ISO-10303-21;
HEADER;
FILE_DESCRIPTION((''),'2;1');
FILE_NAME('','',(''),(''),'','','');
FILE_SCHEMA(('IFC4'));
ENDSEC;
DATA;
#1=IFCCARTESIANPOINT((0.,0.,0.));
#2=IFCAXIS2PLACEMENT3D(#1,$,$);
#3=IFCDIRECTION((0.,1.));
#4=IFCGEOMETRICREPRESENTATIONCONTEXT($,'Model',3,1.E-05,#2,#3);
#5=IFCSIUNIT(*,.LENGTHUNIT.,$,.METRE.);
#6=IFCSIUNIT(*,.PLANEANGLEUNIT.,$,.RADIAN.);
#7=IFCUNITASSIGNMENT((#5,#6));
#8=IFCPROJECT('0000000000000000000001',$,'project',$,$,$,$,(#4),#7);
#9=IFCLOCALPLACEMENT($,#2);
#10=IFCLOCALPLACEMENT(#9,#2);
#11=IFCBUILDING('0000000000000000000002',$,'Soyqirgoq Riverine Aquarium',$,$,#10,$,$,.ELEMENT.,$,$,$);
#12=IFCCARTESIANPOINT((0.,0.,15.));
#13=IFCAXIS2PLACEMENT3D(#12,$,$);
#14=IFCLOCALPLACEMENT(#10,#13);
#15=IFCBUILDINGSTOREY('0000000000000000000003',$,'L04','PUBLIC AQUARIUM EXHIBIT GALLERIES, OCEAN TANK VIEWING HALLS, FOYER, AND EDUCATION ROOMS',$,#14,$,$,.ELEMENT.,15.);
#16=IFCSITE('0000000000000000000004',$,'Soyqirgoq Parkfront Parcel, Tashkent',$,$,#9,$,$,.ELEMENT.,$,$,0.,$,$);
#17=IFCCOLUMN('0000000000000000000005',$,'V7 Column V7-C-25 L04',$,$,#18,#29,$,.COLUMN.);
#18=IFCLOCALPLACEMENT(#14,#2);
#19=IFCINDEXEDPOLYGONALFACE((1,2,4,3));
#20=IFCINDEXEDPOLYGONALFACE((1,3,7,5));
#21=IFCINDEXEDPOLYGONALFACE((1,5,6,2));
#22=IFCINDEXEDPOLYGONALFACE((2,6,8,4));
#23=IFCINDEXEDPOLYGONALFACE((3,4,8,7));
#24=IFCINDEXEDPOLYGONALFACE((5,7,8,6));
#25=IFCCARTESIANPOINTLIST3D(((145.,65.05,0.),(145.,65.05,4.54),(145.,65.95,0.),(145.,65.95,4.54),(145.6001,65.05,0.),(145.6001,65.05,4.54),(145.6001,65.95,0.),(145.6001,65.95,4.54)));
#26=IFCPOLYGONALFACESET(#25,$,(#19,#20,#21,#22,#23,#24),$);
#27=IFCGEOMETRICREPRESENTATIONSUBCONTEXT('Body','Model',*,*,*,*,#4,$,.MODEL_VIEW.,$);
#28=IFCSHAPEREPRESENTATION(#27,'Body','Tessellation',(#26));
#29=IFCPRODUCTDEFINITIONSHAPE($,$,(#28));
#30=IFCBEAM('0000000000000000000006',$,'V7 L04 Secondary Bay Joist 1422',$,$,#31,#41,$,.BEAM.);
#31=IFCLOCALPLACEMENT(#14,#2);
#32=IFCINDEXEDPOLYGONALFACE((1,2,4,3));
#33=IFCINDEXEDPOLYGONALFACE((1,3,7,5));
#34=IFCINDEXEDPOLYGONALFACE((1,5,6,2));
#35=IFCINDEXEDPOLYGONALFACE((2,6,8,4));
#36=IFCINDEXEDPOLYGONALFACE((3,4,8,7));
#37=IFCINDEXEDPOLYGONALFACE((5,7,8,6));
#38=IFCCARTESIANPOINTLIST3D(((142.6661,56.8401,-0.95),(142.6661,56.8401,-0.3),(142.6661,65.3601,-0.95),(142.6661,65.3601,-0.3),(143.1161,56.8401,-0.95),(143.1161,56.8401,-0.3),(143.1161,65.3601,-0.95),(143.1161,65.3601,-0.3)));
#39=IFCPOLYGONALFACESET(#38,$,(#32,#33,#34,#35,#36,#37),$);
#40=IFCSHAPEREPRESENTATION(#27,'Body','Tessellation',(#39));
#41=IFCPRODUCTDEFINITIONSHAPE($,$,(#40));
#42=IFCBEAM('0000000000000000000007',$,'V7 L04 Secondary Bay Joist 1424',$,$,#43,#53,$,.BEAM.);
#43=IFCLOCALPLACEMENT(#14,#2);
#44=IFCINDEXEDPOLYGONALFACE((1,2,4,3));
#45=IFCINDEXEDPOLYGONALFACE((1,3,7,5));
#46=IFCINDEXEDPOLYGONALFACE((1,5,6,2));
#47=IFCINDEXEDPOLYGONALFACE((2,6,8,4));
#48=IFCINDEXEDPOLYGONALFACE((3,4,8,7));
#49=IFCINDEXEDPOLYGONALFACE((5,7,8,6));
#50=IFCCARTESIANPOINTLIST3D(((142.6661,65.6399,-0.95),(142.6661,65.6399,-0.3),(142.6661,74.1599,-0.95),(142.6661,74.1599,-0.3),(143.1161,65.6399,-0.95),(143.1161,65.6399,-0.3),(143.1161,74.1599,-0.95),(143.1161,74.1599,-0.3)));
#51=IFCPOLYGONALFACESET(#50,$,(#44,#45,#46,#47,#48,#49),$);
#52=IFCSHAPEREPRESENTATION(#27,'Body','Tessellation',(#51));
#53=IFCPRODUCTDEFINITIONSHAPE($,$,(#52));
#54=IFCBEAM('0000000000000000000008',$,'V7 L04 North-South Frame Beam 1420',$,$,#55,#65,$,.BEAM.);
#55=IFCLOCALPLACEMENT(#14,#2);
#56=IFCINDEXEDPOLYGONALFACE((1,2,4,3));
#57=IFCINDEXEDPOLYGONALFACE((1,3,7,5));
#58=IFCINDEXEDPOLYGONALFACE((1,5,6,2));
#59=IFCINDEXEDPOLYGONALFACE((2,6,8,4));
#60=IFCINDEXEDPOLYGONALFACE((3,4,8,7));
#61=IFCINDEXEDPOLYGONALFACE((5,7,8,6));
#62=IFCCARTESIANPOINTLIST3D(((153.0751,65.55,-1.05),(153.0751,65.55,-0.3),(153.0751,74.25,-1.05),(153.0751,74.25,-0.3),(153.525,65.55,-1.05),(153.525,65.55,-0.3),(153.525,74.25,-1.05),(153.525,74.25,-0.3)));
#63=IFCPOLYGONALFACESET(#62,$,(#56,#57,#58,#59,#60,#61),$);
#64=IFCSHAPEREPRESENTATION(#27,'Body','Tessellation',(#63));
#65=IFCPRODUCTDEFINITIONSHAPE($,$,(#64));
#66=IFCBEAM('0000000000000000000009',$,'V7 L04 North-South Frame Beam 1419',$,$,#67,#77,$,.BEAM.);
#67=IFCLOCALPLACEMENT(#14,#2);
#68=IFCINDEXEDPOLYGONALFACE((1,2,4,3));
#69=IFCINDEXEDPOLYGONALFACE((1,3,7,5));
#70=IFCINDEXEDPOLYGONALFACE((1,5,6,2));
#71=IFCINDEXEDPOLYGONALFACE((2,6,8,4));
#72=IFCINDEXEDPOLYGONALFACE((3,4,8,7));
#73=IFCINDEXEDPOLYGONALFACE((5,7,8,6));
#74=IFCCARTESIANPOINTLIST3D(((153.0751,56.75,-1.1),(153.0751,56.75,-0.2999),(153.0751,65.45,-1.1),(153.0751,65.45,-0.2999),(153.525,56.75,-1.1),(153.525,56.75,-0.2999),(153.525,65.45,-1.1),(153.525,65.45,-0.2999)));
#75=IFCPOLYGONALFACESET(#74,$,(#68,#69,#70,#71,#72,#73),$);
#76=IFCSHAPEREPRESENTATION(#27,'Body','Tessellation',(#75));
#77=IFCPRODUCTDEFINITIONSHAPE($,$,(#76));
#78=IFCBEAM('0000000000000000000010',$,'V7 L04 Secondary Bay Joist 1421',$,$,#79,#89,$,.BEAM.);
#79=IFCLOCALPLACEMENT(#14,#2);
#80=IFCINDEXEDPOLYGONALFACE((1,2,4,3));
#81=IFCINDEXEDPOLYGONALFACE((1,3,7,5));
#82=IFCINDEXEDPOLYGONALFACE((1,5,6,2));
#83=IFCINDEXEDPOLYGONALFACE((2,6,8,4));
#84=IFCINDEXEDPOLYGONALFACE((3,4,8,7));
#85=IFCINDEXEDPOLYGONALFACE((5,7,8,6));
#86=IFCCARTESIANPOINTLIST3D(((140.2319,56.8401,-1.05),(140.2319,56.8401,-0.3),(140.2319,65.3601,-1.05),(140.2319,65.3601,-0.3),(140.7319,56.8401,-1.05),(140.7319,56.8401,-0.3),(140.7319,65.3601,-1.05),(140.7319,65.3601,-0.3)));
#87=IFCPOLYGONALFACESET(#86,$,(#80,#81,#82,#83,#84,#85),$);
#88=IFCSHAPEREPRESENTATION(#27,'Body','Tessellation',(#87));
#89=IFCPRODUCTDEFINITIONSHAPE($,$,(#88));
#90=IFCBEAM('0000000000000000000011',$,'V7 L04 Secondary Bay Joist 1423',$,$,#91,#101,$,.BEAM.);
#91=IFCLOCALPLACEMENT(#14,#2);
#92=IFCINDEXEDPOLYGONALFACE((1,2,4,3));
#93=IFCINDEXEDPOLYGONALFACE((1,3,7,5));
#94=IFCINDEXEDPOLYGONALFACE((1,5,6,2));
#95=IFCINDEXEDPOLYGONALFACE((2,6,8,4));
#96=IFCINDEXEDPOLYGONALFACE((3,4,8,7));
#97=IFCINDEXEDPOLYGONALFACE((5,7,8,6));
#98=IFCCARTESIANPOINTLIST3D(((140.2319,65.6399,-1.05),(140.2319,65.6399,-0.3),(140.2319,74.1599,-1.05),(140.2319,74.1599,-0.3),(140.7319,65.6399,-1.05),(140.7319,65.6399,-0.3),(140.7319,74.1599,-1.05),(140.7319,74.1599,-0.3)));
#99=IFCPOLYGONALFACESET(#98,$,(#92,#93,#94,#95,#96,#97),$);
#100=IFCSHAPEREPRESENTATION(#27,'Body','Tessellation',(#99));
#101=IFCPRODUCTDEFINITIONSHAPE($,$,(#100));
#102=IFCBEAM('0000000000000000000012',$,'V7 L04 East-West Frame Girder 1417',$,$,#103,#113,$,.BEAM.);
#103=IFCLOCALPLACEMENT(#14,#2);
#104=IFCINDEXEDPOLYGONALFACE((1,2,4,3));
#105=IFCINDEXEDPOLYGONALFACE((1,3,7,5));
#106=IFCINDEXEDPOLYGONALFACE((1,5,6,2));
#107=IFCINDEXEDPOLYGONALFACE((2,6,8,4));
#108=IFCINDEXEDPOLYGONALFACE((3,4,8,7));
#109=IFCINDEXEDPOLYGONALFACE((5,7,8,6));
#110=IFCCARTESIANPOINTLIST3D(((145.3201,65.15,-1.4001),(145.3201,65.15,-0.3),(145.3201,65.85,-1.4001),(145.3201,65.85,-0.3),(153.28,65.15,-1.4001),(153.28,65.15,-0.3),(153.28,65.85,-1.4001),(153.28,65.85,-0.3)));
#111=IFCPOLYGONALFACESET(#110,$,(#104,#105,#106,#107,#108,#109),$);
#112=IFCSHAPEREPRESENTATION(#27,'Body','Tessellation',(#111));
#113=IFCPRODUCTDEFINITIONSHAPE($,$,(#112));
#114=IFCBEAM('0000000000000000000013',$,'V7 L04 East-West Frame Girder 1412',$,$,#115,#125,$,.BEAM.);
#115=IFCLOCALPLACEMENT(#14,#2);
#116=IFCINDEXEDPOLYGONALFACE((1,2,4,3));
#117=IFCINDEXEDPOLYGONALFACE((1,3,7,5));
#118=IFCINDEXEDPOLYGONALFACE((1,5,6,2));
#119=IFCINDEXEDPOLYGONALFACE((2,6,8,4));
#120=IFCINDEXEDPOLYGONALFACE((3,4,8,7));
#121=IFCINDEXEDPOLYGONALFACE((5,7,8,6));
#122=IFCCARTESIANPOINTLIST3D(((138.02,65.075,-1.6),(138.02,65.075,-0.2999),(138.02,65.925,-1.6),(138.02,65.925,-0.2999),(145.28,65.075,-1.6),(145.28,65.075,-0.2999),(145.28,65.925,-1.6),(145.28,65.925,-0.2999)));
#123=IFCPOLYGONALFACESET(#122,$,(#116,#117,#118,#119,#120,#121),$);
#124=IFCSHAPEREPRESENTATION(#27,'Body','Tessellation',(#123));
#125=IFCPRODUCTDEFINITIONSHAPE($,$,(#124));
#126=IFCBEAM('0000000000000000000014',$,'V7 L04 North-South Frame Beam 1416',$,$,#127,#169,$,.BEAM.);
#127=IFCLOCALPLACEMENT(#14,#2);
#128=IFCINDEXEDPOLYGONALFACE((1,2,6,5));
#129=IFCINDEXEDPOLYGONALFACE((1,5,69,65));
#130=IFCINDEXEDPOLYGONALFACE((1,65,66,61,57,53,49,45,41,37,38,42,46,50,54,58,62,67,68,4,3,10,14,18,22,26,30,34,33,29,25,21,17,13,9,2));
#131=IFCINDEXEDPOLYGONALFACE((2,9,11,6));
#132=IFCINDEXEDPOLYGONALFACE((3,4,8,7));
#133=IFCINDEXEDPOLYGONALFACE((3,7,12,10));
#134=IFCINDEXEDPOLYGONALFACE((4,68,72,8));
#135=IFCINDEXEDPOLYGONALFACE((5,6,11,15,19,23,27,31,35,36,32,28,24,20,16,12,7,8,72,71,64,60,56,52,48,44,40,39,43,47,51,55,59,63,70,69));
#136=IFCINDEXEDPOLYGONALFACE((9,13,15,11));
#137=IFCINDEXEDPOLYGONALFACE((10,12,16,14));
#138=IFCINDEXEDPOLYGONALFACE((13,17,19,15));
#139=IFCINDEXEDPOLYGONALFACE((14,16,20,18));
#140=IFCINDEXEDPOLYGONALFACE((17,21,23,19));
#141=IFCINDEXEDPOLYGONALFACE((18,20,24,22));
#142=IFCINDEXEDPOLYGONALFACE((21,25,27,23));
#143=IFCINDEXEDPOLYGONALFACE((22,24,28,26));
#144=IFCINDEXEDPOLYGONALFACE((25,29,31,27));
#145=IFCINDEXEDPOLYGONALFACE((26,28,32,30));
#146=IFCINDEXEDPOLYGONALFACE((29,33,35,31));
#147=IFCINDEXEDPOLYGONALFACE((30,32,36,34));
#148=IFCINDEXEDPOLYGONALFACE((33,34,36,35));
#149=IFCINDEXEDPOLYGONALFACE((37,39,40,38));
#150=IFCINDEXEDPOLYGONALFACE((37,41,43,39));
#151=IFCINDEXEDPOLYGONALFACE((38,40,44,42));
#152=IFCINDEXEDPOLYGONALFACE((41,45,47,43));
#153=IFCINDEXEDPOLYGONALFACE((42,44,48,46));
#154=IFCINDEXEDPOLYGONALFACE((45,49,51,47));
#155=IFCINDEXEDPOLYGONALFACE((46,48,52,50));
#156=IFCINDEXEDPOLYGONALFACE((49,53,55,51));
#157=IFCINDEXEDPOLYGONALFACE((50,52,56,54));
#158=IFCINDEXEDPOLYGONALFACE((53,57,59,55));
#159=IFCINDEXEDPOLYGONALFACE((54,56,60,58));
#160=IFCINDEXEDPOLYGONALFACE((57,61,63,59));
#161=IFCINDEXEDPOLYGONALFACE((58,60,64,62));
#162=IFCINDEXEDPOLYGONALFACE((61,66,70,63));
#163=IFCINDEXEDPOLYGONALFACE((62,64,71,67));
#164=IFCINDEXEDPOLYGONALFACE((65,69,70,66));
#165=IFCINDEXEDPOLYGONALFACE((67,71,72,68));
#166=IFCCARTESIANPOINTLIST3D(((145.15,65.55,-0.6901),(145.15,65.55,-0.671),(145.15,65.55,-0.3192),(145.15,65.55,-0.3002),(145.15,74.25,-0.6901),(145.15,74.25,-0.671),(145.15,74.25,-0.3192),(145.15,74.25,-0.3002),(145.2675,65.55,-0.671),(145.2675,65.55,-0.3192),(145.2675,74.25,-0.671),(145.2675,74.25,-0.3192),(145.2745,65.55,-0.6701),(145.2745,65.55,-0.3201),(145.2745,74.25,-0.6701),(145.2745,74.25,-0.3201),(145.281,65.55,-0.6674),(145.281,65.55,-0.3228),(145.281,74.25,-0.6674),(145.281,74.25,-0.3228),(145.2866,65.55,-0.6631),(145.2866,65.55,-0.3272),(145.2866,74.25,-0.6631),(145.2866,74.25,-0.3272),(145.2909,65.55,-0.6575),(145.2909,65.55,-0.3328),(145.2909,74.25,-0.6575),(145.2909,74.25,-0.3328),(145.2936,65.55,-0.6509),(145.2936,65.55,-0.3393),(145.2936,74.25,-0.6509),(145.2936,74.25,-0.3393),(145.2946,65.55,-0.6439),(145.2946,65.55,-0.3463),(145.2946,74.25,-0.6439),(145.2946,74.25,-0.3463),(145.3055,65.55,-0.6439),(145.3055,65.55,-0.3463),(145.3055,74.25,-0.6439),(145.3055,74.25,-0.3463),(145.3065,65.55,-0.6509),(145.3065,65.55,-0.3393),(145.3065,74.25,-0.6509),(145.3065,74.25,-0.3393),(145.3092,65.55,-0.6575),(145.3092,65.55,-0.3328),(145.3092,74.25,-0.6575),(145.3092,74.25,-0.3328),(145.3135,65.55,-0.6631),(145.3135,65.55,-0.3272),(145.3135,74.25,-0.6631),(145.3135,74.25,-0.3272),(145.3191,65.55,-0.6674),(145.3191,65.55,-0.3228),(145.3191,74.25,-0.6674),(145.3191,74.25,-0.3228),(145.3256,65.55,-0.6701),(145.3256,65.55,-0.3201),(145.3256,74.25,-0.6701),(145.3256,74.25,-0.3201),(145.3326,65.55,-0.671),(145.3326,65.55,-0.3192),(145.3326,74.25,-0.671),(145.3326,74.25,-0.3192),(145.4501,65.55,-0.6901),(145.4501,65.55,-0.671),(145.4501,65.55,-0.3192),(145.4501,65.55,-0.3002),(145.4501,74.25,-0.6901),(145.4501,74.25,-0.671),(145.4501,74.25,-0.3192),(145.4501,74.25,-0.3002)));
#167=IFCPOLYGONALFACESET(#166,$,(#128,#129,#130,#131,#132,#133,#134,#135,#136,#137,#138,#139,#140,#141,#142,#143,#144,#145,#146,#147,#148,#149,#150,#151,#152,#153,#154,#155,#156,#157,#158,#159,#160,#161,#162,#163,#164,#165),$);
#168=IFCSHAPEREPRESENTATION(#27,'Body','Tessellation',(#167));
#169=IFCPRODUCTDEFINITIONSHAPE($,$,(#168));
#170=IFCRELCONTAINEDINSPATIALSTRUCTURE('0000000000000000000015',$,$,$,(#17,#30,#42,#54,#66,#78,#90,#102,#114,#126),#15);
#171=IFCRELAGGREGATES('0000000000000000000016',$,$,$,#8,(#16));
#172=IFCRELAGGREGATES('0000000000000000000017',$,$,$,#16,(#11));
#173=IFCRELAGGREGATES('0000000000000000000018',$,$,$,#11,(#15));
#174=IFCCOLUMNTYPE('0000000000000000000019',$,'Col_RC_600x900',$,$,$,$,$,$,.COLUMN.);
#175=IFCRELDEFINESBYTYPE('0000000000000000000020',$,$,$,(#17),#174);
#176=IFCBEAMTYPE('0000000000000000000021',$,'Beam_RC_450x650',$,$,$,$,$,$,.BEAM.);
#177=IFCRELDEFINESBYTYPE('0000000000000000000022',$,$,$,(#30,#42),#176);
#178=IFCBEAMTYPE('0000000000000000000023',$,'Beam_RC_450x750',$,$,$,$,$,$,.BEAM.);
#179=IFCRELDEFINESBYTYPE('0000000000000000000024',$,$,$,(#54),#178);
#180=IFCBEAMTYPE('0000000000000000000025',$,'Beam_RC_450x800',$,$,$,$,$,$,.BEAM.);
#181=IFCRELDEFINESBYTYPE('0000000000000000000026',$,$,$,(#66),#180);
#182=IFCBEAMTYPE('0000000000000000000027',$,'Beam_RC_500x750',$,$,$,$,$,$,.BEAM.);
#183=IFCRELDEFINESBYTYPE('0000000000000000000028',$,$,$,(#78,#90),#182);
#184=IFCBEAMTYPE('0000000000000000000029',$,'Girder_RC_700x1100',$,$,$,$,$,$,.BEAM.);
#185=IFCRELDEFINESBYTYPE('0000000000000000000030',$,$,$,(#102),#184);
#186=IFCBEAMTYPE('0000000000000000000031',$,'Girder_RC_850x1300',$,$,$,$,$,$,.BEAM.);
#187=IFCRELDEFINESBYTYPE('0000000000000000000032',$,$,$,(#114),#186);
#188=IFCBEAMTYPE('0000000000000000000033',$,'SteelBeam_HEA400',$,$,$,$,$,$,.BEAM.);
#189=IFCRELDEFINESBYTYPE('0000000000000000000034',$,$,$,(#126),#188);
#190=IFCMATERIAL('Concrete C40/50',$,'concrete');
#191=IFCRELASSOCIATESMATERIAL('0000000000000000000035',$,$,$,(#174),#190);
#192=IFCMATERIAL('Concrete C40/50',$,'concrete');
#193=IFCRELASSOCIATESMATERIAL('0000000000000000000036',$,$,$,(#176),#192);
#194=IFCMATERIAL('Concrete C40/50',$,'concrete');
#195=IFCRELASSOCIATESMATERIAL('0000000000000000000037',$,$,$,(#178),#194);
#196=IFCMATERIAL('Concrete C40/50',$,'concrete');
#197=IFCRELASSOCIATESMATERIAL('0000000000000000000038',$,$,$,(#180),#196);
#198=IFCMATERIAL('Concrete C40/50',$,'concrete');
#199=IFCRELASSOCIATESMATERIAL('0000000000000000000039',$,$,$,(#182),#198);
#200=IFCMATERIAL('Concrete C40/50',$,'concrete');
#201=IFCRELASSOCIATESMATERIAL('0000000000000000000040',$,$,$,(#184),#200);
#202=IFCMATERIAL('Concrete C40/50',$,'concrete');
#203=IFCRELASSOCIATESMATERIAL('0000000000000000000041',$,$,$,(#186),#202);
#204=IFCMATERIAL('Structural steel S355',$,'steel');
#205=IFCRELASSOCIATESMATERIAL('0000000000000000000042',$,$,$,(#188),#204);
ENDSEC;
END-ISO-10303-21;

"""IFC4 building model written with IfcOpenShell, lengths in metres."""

from ifc_helpers import new_model, si_unit, direction, frame, origin, origin_2d, place, context, subcontext, project, spatial, rectangle, i_section, extrude, material, material_profile, profile_set, type_object, element, save


model = new_model("IFC4")

# Units and contexts
model_context = context("Model", 3, precision=1e-05, world=origin(), true_north=direction((0.0, 1.0)))
body_context = subcontext(model_context, "Body", "Model", "MODEL_VIEW")
ifc_project = project(units=[si_unit("LENGTHUNIT", "METRE"), si_unit("PLANEANGLEUNIT", "RADIAN")], contexts=[model_context])

# Site, building, storey
site_placement = place(None, origin())
site = spatial("IfcSite", under=ifc_project, at=site_placement, Name="Soyqirgoq Parkfront Parcel, Tashkent", CompositionType="ELEMENT", RefElevation=0.0)
building_placement = place(site_placement, origin())
building = spatial("IfcBuilding", under=site, at=building_placement, Name="Soyqirgoq Riverine Aquarium", CompositionType="ELEMENT")
storey_placement = place(building_placement, frame((0.0, 0.0, 15.0)))
storey = spatial("IfcBuildingStorey", under=building, at=storey_placement, Name="L04", Description="PUBLIC AQUARIUM EXHIBIT GALLERIES, OCEAN TANK VIEWING HALLS, FOYER, AND EDUCATION ROOMS", CompositionType="ELEMENT", Elevation=15.0)

# Column
ifc_material_1 = material(Name="Concrete C40/50", Category="concrete")
ifc_material_profile_1 = material_profile(ifc_material_1, rectangle(XDim=0.6001, YDim=0.8999, at=origin_2d()), Name="RC-COL 600x900")
ifc_profile_set_1 = profile_set([ifc_material_profile_1], Name="Concrete C40/50")
column_type = type_object("IfcColumnType", Name="Col_RC_600x900", PredefinedType="COLUMN", material=ifc_profile_set_1)
column_placement = place(storey_placement, frame((145.3, 65.5, 0.0), z_axis=(0.0, 0.0, 1.0), x_axis=(1.0, 0.0, 0.0)))
element("IfcColumn", 1, at=column_placement, inside=storey, type_object=column_type, Name="V7 Column V7-C-25 L04", PredefinedType="COLUMN", context=body_context, shape_type="SweptSolid", body=[
    extrude(rectangle(XDim=0.6001, YDim=0.8999, at=origin_2d()), origin(), (0.0, 0.0, 1.0), 4.54),
])

# Beams
ifc_material_2 = material(Name="Concrete C40/50", Category="concrete")
ifc_material_profile_2 = material_profile(ifc_material_2, rectangle(XDim=0.45, YDim=0.6499, at=origin_2d()), Name="RC 450x650")
ifc_profile_set_2 = profile_set([ifc_material_profile_2], Name="Concrete C40/50")
beam_type_1 = type_object("IfcBeamType", Name="Beam_RC_450x650", PredefinedType="BEAM", material=ifc_profile_set_2)
for number, where, z_axis, x_axis, name in (
    (2, (142.8911, 56.8401, -0.625), (0.0, 1.0, 0.0), (-1.0, 0.0, 0.0), "V7 L04 Secondary Bay Joist 1422"),
    (3, (142.8911, 65.6399, -0.625), (0.0, 1.0, 0.0), (-1.0, 0.0, 0.0), "V7 L04 Secondary Bay Joist 1424"),
):
    element("IfcBeam", number, at=place(storey_placement, frame(where, z_axis=z_axis, x_axis=x_axis)), inside=storey, type_object=beam_type_1, Name=name, PredefinedType="BEAM", context=body_context, shape_type="SweptSolid", body=[
        extrude(rectangle(XDim=0.45, YDim=0.6499, at=origin_2d()), origin(), (0.0, 0.0, 1.0), 8.52),
    ])
ifc_material_3 = material(Name="Concrete C40/50", Category="concrete")
ifc_material_profile_3 = material_profile(ifc_material_3, rectangle(XDim=0.45, YDim=0.75, at=origin_2d()), Name="RC 450x750")
ifc_profile_set_3 = profile_set([ifc_material_profile_3], Name="Concrete C40/50")
beam_type_2 = type_object("IfcBeamType", Name="Beam_RC_450x750", PredefinedType="BEAM", material=ifc_profile_set_3)
beam_1_placement = place(storey_placement, frame((153.3, 65.55, -0.675), z_axis=(0.0, 1.0, 0.0), x_axis=(-1.0, 0.0, 0.0)))
element("IfcBeam", 4, at=beam_1_placement, inside=storey, type_object=beam_type_2, Name="V7 L04 North-South Frame Beam 1420", PredefinedType="BEAM", context=body_context, shape_type="SweptSolid", body=[
    extrude(rectangle(XDim=0.45, YDim=0.75, at=origin_2d()), origin(), (0.0, 0.0, 1.0), 8.7),
])
ifc_material_4 = material(Name="Concrete C40/50", Category="concrete")
ifc_material_profile_4 = material_profile(ifc_material_4, rectangle(XDim=0.45, YDim=0.8, at=origin_2d()), Name="RC 450x800")
ifc_profile_set_4 = profile_set([ifc_material_profile_4], Name="Concrete C40/50")
beam_type_3 = type_object("IfcBeamType", Name="Beam_RC_450x800", PredefinedType="BEAM", material=ifc_profile_set_4)
beam_2_placement = place(storey_placement, frame((153.3, 56.75, -0.7), z_axis=(0.0, 1.0, 0.0), x_axis=(-1.0, 0.0, 0.0)))
element("IfcBeam", 5, at=beam_2_placement, inside=storey, type_object=beam_type_3, Name="V7 L04 North-South Frame Beam 1419", PredefinedType="BEAM", context=body_context, shape_type="SweptSolid", body=[
    extrude(rectangle(XDim=0.45, YDim=0.8, at=origin_2d()), origin(), (0.0, 0.0, 1.0), 8.7),
])
ifc_material_5 = material(Name="Concrete C40/50", Category="concrete")
ifc_material_profile_5 = material_profile(ifc_material_5, rectangle(XDim=0.5, YDim=0.75, at=origin_2d()), Name="RC 500x750")
ifc_profile_set_5 = profile_set([ifc_material_profile_5], Name="Concrete C40/50")
beam_type_4 = type_object("IfcBeamType", Name="Beam_RC_500x750", PredefinedType="BEAM", material=ifc_profile_set_5)
for number, where, z_axis, x_axis, name in (
    (6, (140.4819, 56.8401, -0.675), (0.0, 1.0, 0.0), (-1.0, 0.0, 0.0), "V7 L04 Secondary Bay Joist 1421"),
    (7, (140.4819, 65.6399, -0.675), (0.0, 1.0, 0.0), (-1.0, 0.0, 0.0), "V7 L04 Secondary Bay Joist 1423"),
):
    element("IfcBeam", number, at=place(storey_placement, frame(where, z_axis=z_axis, x_axis=x_axis)), inside=storey, type_object=beam_type_4, Name=name, PredefinedType="BEAM", context=body_context, shape_type="SweptSolid", body=[
        extrude(rectangle(XDim=0.5, YDim=0.75, at=origin_2d()), origin(), (0.0, 0.0, 1.0), 8.52),
    ])
ifc_material_6 = material(Name="Concrete C40/50", Category="concrete")
ifc_material_profile_6 = material_profile(ifc_material_6, rectangle(XDim=0.7, YDim=1.1001, at=origin_2d()), Name="RC 700x1100")
ifc_profile_set_6 = profile_set([ifc_material_profile_6], Name="Concrete C40/50")
beam_type_5 = type_object("IfcBeamType", Name="Girder_RC_700x1100", PredefinedType="BEAM", material=ifc_profile_set_6)
beam_3_placement = place(storey_placement, frame((145.3201, 65.5, -0.8501), z_axis=(1.0, 0.0, 0.0), x_axis=(0.0, 1.0, 0.0)))
element("IfcBeam", 8, at=beam_3_placement, inside=storey, type_object=beam_type_5, Name="V7 L04 East-West Frame Girder 1417", PredefinedType="BEAM", context=body_context, shape_type="SweptSolid", body=[
    extrude(rectangle(XDim=0.7, YDim=1.1001, at=origin_2d()), origin(), (0.0, 0.0, 1.0), 7.96),
])
ifc_material_7 = material(Name="Concrete C40/50", Category="concrete")
ifc_material_profile_7 = material_profile(ifc_material_7, rectangle(XDim=0.8501, YDim=1.3, at=origin_2d()), Name="RC 850x1300")
ifc_profile_set_7 = profile_set([ifc_material_profile_7], Name="Concrete C40/50")
beam_type_6 = type_object("IfcBeamType", Name="Girder_RC_850x1300", PredefinedType="BEAM", material=ifc_profile_set_7)
beam_4_placement = place(storey_placement, frame((138.02, 65.5, -0.95), z_axis=(1.0, 0.0, 0.0), x_axis=(0.0, 1.0, 0.0)))
element("IfcBeam", 9, at=beam_4_placement, inside=storey, type_object=beam_type_6, Name="V7 L04 East-West Frame Girder 1412", PredefinedType="BEAM", context=body_context, shape_type="SweptSolid", body=[
    extrude(rectangle(XDim=0.8501, YDim=1.3, at=origin_2d()), origin(), (0.0, 0.0, 1.0), 7.26),
])
ifc_material_8 = material(Name="Structural steel S355", Category="steel")
ifc_material_profile_8 = material_profile(ifc_material_8, i_section(OverallWidth=0.3, OverallDepth=0.3899, WebThickness=0.011, FlangeThickness=0.019, FilletRadius=0.0271, at=origin_2d()), Name="HEA 400")
ifc_profile_set_8 = profile_set([ifc_material_profile_8], Name="Structural steel S355")
beam_type_7 = type_object("IfcBeamType", Name="SteelBeam_HEA400", PredefinedType="BEAM", material=ifc_profile_set_8)
beam_5_placement = place(storey_placement, frame((145.3, 65.55, -0.4951), z_axis=(0.0, 1.0, 0.0), x_axis=(-1.0, 0.0, 0.0)))
element("IfcBeam", 10, at=beam_5_placement, inside=storey, type_object=beam_type_7, Name="V7 L04 North-South Frame Beam 1416", PredefinedType="BEAM", context=body_context, shape_type="SweptSolid", body=[
    extrude(i_section(OverallWidth=0.3, OverallDepth=0.3899, WebThickness=0.011, FlangeThickness=0.019, FilletRadius=0.0271, at=origin_2d()), origin(), (0.0, 0.0, 1.0), 8.7),
])

save(model, "model.ifc")
